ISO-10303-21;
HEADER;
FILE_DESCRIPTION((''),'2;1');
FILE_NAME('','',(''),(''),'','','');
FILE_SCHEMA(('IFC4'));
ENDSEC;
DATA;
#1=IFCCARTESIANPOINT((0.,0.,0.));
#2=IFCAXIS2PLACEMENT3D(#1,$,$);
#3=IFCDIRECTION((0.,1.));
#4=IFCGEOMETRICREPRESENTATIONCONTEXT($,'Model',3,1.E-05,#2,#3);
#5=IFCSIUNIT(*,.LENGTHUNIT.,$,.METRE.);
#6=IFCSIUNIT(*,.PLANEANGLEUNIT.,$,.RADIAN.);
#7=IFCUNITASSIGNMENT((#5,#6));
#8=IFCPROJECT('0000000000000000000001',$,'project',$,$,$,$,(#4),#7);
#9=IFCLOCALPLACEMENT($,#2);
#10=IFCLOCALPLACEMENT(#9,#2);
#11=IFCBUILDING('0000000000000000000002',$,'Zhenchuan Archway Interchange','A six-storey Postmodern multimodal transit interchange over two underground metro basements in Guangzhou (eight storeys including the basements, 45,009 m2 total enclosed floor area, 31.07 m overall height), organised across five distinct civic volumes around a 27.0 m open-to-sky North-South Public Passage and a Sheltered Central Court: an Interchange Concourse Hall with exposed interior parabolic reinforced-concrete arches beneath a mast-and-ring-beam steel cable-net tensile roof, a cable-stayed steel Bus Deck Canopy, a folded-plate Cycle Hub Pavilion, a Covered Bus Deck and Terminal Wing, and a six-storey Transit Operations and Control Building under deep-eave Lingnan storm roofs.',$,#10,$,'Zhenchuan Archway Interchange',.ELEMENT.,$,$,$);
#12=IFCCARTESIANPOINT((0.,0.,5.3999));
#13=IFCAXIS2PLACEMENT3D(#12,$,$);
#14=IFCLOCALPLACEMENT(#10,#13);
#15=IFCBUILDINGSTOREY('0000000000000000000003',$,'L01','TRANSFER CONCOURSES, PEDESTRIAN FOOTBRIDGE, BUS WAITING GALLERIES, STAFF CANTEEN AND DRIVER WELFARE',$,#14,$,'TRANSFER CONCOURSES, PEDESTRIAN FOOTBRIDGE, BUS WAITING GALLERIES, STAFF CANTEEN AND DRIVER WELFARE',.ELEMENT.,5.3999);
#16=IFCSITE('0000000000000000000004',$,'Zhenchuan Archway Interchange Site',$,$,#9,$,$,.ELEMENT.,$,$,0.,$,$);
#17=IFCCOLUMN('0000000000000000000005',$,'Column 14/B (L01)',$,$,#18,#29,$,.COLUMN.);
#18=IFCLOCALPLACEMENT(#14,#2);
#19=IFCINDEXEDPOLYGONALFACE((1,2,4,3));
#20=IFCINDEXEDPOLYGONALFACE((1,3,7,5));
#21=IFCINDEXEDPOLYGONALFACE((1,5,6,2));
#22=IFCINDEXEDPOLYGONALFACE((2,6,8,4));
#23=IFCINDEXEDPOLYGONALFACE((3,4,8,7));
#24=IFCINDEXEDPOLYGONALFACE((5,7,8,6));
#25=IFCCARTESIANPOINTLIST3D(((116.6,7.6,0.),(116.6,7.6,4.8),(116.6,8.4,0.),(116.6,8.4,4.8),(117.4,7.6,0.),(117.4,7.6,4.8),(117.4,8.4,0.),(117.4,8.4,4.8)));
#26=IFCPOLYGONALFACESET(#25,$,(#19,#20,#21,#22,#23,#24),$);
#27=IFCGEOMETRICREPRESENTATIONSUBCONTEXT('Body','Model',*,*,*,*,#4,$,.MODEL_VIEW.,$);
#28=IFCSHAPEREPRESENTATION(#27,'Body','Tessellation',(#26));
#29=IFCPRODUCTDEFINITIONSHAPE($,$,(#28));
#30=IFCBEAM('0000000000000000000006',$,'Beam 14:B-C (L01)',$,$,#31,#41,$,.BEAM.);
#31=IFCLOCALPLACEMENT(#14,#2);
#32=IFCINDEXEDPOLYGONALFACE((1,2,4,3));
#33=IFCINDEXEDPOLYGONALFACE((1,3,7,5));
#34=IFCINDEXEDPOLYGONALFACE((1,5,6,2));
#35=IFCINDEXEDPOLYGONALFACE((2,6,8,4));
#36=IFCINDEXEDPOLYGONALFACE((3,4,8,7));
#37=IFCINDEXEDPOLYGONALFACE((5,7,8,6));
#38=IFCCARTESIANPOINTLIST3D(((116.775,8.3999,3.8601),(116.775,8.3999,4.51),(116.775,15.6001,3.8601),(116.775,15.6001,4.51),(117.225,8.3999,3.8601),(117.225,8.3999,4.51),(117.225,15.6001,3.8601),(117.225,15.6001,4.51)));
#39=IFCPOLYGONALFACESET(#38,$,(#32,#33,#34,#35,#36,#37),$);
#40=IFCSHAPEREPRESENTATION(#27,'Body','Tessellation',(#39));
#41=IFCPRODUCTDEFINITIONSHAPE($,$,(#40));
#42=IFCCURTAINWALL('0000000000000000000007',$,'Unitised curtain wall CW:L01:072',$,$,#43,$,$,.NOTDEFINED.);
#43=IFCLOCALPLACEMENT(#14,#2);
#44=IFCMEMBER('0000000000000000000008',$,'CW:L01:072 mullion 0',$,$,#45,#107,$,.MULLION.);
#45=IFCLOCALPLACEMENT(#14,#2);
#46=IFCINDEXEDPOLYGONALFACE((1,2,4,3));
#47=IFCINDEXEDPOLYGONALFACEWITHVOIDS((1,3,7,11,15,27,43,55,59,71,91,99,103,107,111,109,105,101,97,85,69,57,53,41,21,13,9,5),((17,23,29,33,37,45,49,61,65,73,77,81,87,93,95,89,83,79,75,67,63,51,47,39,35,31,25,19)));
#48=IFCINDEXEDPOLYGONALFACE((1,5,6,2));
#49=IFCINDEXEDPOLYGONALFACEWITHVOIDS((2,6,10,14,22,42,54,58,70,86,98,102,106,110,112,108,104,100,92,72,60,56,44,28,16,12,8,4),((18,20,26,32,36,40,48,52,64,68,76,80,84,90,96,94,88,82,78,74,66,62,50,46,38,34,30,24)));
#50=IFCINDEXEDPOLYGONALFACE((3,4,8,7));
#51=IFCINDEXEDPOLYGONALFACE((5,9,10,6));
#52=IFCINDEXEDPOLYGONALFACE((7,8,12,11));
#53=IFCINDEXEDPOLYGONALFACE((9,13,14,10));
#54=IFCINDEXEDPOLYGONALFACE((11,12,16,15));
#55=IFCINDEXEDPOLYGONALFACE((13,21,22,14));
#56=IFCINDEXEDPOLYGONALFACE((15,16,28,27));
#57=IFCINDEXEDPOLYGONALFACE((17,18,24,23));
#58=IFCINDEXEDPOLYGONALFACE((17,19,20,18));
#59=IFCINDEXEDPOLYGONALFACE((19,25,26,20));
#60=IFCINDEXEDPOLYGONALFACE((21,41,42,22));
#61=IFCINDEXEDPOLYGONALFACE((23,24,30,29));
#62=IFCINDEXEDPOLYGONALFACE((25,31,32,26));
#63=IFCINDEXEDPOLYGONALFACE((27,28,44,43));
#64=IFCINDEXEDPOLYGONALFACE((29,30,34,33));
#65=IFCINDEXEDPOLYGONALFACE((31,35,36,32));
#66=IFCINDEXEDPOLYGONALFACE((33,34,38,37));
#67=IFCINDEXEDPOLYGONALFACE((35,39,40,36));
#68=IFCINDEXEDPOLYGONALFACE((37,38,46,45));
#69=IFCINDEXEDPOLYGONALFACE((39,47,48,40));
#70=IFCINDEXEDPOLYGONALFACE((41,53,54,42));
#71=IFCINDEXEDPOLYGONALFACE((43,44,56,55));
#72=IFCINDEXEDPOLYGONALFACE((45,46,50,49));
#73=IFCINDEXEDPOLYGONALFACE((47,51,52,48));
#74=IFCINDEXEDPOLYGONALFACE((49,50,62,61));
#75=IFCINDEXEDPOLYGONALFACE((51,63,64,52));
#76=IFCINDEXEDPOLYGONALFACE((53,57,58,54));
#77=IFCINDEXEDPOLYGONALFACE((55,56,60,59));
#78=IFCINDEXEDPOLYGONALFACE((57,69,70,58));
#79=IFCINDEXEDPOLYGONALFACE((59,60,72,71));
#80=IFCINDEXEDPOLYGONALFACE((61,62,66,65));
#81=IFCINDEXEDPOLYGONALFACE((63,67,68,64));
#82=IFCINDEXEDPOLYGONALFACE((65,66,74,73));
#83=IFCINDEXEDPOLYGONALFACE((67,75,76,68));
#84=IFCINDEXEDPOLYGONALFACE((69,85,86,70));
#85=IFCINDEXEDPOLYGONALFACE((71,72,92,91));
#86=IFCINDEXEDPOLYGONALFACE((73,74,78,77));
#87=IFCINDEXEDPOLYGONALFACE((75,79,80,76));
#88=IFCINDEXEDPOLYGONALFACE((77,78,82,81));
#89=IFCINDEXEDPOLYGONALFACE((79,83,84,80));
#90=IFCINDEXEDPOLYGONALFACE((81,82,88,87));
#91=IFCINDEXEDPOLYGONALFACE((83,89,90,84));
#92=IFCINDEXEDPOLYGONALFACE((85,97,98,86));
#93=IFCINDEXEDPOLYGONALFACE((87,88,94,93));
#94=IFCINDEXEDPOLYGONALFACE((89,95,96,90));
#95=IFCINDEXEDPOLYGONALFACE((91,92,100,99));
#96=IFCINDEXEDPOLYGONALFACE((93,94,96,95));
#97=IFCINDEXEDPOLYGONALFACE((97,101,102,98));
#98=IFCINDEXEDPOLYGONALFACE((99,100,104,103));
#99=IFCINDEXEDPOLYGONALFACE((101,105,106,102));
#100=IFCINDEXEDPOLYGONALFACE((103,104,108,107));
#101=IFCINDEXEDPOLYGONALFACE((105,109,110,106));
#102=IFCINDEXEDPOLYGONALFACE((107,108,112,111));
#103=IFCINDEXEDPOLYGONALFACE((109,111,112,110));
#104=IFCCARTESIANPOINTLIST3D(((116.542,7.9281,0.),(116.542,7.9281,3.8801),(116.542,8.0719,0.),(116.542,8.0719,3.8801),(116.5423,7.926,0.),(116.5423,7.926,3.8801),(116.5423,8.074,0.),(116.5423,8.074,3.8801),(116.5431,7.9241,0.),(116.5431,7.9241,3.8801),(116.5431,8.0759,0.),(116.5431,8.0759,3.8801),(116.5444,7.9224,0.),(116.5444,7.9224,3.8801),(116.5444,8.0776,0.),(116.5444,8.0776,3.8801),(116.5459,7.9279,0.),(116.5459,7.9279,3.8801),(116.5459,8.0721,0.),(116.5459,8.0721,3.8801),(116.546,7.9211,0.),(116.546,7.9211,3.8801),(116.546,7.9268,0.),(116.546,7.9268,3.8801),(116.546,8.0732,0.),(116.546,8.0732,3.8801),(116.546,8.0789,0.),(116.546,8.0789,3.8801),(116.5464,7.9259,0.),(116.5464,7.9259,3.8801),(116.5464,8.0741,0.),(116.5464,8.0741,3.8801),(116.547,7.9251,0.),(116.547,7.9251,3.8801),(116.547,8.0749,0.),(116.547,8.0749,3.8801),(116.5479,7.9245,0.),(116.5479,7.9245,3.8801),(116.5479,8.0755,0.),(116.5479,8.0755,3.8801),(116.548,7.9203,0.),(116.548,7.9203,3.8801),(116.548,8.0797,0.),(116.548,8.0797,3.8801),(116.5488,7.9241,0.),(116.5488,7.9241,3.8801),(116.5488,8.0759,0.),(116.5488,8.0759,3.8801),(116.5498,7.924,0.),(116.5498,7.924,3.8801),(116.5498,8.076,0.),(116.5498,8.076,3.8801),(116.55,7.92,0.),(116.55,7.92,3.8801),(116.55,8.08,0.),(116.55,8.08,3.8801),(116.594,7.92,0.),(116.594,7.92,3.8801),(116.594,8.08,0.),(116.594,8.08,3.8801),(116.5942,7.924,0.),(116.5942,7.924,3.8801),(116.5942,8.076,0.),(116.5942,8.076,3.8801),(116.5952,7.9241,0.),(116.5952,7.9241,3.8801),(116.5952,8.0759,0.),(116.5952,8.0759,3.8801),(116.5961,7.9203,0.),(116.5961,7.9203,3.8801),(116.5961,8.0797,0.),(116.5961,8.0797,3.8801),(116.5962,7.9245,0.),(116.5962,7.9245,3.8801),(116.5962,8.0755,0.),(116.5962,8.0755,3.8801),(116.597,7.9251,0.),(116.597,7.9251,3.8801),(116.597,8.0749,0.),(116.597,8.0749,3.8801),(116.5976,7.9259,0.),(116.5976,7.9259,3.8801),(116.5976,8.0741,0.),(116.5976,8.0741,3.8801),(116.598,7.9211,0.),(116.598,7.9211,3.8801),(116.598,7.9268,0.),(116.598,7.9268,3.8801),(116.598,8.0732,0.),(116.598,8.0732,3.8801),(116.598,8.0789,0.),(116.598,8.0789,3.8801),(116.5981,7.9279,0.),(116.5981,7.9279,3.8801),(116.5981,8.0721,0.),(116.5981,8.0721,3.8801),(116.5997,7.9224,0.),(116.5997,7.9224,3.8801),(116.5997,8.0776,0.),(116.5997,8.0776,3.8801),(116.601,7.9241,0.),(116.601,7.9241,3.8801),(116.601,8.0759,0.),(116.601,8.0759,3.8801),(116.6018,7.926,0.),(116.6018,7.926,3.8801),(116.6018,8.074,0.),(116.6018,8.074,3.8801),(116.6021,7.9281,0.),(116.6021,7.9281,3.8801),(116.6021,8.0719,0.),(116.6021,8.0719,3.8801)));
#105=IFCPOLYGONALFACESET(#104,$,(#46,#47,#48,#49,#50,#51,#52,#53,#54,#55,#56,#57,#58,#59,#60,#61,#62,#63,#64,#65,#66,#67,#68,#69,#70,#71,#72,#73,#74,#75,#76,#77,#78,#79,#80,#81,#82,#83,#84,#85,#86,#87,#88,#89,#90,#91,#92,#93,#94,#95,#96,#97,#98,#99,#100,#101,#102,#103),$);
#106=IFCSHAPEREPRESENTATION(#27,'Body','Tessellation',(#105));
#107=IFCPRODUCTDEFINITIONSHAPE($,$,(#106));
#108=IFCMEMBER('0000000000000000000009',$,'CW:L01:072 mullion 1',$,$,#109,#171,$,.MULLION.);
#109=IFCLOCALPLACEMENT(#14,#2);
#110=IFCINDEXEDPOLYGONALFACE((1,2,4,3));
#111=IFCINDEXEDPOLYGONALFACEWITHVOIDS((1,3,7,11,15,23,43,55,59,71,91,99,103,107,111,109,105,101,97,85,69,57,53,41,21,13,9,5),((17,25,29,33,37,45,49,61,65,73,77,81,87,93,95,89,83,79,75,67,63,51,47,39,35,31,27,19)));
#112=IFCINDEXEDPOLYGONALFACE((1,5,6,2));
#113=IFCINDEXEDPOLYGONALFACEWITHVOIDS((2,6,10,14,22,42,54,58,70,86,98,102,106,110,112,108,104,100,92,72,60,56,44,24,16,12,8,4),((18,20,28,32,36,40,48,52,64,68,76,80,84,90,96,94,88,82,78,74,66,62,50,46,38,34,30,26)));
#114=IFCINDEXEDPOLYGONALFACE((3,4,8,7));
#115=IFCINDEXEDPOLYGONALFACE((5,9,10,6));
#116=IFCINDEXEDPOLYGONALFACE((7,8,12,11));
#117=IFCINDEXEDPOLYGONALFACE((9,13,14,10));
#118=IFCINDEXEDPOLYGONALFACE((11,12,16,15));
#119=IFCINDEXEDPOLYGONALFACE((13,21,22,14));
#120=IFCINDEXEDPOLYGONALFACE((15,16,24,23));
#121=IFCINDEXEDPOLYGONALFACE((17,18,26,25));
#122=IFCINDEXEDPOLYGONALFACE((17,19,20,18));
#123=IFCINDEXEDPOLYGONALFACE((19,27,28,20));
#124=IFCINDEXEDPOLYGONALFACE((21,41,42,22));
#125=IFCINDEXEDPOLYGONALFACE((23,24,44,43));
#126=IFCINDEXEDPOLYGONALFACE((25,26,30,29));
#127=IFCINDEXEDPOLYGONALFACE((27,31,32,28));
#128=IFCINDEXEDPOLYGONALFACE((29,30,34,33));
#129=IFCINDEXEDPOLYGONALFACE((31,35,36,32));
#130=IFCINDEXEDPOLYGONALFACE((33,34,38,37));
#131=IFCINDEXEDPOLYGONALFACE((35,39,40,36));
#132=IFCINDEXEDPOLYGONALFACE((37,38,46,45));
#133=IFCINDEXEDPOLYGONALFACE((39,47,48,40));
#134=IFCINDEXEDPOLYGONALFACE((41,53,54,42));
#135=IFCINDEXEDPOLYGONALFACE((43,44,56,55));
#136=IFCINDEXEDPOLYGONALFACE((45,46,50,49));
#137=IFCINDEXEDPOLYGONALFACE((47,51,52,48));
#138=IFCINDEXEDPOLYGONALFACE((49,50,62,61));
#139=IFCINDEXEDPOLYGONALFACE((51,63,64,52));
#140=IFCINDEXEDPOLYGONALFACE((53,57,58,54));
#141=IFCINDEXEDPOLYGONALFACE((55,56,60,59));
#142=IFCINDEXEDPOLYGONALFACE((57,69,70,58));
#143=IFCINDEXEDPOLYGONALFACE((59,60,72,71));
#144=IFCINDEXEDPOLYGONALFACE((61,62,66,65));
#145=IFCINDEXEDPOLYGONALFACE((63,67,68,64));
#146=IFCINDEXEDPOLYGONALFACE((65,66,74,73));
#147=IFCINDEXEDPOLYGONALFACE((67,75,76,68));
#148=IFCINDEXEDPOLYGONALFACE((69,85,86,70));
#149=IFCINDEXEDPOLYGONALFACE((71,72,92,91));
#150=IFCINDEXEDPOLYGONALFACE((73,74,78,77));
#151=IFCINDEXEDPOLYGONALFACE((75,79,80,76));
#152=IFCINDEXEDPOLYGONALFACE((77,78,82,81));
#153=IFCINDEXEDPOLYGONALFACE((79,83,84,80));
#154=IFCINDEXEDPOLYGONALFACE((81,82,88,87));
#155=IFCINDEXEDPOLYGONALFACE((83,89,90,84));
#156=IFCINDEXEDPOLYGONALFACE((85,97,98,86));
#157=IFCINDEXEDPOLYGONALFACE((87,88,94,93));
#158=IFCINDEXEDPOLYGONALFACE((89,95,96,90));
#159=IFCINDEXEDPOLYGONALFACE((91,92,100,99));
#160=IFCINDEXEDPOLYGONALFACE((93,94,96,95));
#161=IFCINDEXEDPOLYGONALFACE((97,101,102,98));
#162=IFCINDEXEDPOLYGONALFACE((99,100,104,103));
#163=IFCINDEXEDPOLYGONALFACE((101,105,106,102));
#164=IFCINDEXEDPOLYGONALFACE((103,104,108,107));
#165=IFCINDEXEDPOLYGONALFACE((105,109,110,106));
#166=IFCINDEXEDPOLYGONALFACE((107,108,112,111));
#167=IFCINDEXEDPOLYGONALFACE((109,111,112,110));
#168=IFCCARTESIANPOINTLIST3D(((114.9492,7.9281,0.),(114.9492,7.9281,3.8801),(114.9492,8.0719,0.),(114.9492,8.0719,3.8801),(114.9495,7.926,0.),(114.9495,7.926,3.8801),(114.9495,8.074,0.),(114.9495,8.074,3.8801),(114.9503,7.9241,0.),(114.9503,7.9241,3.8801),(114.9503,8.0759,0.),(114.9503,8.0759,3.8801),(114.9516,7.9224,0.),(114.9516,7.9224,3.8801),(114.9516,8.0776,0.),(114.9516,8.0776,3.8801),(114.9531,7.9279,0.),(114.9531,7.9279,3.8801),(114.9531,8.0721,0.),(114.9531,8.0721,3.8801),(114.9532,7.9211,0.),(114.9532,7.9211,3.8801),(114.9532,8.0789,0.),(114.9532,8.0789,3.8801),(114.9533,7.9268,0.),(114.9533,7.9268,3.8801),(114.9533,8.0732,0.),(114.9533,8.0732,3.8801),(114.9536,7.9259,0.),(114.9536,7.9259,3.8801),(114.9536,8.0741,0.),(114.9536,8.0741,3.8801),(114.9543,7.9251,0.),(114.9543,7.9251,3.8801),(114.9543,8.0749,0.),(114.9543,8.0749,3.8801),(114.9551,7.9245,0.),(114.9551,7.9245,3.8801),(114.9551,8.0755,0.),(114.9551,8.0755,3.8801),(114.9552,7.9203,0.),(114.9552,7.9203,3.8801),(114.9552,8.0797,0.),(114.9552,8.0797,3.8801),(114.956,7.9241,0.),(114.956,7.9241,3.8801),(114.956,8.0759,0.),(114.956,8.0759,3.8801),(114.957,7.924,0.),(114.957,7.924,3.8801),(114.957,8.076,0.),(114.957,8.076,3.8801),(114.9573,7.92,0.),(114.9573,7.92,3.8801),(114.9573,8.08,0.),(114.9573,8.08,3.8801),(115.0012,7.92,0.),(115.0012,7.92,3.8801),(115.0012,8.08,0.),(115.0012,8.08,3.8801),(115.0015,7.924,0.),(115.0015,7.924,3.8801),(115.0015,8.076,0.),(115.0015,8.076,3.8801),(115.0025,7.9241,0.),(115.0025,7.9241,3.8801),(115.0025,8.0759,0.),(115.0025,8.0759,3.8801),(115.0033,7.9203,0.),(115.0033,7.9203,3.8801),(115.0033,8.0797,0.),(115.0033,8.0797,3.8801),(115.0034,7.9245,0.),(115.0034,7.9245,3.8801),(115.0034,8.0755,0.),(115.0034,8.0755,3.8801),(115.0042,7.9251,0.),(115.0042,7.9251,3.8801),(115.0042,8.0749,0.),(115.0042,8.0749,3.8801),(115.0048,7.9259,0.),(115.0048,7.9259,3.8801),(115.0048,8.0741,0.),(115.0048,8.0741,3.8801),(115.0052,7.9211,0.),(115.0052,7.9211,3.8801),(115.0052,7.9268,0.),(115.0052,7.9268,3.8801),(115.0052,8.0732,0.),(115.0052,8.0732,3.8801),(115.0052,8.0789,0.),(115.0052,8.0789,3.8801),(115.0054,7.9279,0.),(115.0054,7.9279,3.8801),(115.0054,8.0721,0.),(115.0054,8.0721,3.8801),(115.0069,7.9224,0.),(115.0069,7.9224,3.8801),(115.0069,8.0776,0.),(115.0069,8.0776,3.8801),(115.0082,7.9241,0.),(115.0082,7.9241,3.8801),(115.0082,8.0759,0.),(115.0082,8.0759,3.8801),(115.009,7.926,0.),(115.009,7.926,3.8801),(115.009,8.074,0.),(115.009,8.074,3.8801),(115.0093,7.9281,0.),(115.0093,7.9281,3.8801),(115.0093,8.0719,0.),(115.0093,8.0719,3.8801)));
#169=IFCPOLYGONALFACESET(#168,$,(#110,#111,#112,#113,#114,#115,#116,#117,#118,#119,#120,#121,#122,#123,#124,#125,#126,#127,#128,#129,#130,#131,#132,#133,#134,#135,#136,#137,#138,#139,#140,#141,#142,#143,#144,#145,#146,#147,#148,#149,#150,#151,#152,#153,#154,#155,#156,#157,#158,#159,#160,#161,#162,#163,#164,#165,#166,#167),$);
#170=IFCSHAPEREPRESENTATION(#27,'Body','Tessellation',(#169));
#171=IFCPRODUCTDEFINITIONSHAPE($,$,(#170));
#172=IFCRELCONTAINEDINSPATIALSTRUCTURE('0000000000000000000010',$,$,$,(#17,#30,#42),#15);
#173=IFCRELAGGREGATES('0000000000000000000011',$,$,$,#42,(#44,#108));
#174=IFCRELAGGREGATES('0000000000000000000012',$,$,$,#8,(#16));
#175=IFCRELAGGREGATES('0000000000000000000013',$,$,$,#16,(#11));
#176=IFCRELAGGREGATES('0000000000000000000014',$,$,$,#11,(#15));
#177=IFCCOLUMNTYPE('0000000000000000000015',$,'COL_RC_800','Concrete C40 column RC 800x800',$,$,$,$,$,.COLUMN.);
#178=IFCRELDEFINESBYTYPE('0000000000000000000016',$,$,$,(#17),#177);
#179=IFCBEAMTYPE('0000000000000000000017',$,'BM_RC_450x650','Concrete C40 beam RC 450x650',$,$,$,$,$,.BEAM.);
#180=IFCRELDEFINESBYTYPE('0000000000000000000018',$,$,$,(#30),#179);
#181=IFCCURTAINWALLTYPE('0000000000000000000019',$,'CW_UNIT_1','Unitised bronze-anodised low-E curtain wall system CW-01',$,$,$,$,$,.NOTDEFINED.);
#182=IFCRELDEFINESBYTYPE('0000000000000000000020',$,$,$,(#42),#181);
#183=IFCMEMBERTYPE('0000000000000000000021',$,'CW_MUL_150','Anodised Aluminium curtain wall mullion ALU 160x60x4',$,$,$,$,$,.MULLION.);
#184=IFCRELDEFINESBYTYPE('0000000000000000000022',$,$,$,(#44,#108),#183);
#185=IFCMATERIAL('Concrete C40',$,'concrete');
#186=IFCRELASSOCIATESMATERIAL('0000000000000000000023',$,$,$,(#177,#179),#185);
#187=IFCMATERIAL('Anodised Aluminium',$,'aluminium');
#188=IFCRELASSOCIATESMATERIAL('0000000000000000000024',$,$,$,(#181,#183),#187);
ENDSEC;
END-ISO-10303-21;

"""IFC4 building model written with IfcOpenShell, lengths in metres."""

from ifc_helpers import new_model, si_unit, direction, frame, origin, origin_2d, place, context, subcontext, project, spatial, rectangle, hollow_rectangle, extrude, material, material_profile, profile_set, type_object, element, aggregate, save


model = new_model("IFC4")

# Units and contexts
model_context = context("Model", 3, precision=1e-05, world=origin(), true_north=direction((0.0, 1.0)))
body_context = subcontext(model_context, "Body", "Model", "MODEL_VIEW")
ifc_project = project(units=[si_unit("LENGTHUNIT", "METRE"), si_unit("PLANEANGLEUNIT", "RADIAN")], contexts=[model_context])

# Site, building, storey
site_placement = place(None, origin())
site = spatial("IfcSite", under=ifc_project, at=site_placement, Name="Zhenchuan Archway Interchange Site", CompositionType="ELEMENT", RefElevation=0.0)
building_placement = place(site_placement, origin())
building = spatial("IfcBuilding", under=site, at=building_placement, Name="Zhenchuan Archway Interchange", Description="A six-storey Postmodern multimodal transit interchange over two underground metro basements in Guangzhou (eight storeys including the basements, 45,009 m2 total enclosed floor area, 31.07 m overall height), organised across five distinct civic volumes around a 27.0 m open-to-sky North-South Public Passage and a Sheltered Central Court: an Interchange Concourse Hall with exposed interior parabolic reinforced-concrete arches beneath a mast-and-ring-beam steel cable-net tensile roof, a cable-stayed steel Bus Deck Canopy, a folded-plate Cycle Hub Pavilion, a Covered Bus Deck and Terminal Wing, and a six-storey Transit Operations and Control Building under deep-eave Lingnan storm roofs.", LongName="Zhenchuan Archway Interchange", CompositionType="ELEMENT")
storey_placement = place(building_placement, frame((0.0, 0.0, 5.3999)))
storey = spatial("IfcBuildingStorey", under=building, at=storey_placement, Name="L01", Description="TRANSFER CONCOURSES, PEDESTRIAN FOOTBRIDGE, BUS WAITING GALLERIES, STAFF CANTEEN AND DRIVER WELFARE", LongName="TRANSFER CONCOURSES, PEDESTRIAN FOOTBRIDGE, BUS WAITING GALLERIES, STAFF CANTEEN AND DRIVER WELFARE", CompositionType="ELEMENT", Elevation=5.3999)

# Column
ifc_material_1 = material(Name="Concrete C40", Category="concrete")
ifc_material_profile_1 = material_profile(ifc_material_1, rectangle(XDim=0.8, YDim=0.8, at=origin_2d()), Name="RC 800x800")
ifc_profile_set_1 = profile_set([ifc_material_profile_1], Name="Concrete C40")
column_type = type_object("IfcColumnType", Name="COL_RC_800", Description="Concrete C40 column RC 800x800", PredefinedType="COLUMN", material=ifc_profile_set_1)
column_placement = place(storey_placement, frame((117.0, 8.0, 0.0), z_axis=(0.0, 0.0, 1.0), x_axis=(1.0, 0.0, 0.0)))
element("IfcColumn", 1, at=column_placement, inside=storey, type_object=column_type, Name="Column 14/B (L01)", PredefinedType="COLUMN", context=body_context, shape_type="SweptSolid", body=[
    extrude(rectangle(XDim=0.8, YDim=0.8, at=origin_2d()), origin(), (0.0, 0.0, 1.0), 4.8),
])

# Beam
ifc_material_profile_2 = material_profile(ifc_material_1, rectangle(XDim=0.45, YDim=0.6499, at=origin_2d()), Name="RC 450x650")
ifc_profile_set_2 = profile_set([ifc_material_profile_2], Name="Concrete C40")
beam_type_1 = type_object("IfcBeamType", Name="BM_RC_450x650", Description="Concrete C40 beam RC 450x650", PredefinedType="BEAM", material=ifc_profile_set_2)
beam_1_placement = place(storey_placement, frame((117.0, 8.3999, 4.1851), z_axis=(0.0, 1.0, 0.0), x_axis=(-1.0, 0.0, 0.0)))
element("IfcBeam", 2, at=beam_1_placement, inside=storey, type_object=beam_type_1, Name="Beam 14:B-C (L01)", PredefinedType="BEAM", context=body_context, shape_type="SweptSolid", body=[
    extrude(rectangle(XDim=0.45, YDim=0.6499, at=origin_2d()), origin(), (0.0, 0.0, 1.0), 7.2002),
])

# Curtain wall, members
ifc_material_2 = material(Name="Anodised Aluminium", Category="aluminium")
curtain_wall_type = type_object("IfcCurtainWallType", Name="CW_UNIT_1", Description="Unitised bronze-anodised low-E curtain wall system CW-01", PredefinedType="NOTDEFINED", material=ifc_material_2)
curtain_wall_placement = place(storey_placement, origin())
curtain_wall = element("IfcCurtainWall", 3, at=curtain_wall_placement, inside=storey, type_object=curtain_wall_type, Name="Unitised curtain wall CW:L01:072", PredefinedType="NOTDEFINED")
ifc_material_profile_3 = material_profile(ifc_material_2, hollow_rectangle(XDim=0.0601, YDim=0.1599, WallThickness=0.0039, InnerFilletRadius=0.0039, OuterFilletRadius=0.0081, at=origin_2d()), Name="ALU 160x60x4")
ifc_profile_set_3 = profile_set([ifc_material_profile_3], Name="Anodised Aluminium")
member_type_1 = type_object("IfcMemberType", Name="CW_MUL_150", Description="Anodised Aluminium curtain wall mullion ALU 160x60x4", PredefinedType="MULLION", material=ifc_profile_set_3)
member_1_placement = place(storey_placement, frame((116.572, 8.0, 0.0), z_axis=(0.0, 0.0, 1.0), x_axis=(1.0, 0.0, 0.0)))
member_1 = element("IfcMember", 4, at=member_1_placement, type_object=member_type_1, Name="CW:L01:072 mullion 0", PredefinedType="MULLION", context=body_context, shape_type="SweptSolid", body=[
    extrude(hollow_rectangle(XDim=0.0601, YDim=0.1599, WallThickness=0.0039, InnerFilletRadius=0.0039, OuterFilletRadius=0.0081, at=origin_2d()), origin(), (0.0, 0.0, 1.0), 3.8801),
])
member_2_placement = place(storey_placement, frame((114.9792, 8.0, 0.0), z_axis=(0.0, 0.0, 1.0), x_axis=(1.0, 0.0, 0.0)))
member_2 = element("IfcMember", 5, at=member_2_placement, type_object=member_type_1, Name="CW:L01:072 mullion 1", PredefinedType="MULLION", context=body_context, shape_type="SweptSolid", body=[
    extrude(hollow_rectangle(XDim=0.0601, YDim=0.1599, WallThickness=0.0039, InnerFilletRadius=0.0039, OuterFilletRadius=0.0081, at=origin_2d()), origin(), (0.0, 0.0, 1.0), 3.8801),
])

aggregate(curtain_wall, [member_1, member_2])

save(model, "model.ifc")
